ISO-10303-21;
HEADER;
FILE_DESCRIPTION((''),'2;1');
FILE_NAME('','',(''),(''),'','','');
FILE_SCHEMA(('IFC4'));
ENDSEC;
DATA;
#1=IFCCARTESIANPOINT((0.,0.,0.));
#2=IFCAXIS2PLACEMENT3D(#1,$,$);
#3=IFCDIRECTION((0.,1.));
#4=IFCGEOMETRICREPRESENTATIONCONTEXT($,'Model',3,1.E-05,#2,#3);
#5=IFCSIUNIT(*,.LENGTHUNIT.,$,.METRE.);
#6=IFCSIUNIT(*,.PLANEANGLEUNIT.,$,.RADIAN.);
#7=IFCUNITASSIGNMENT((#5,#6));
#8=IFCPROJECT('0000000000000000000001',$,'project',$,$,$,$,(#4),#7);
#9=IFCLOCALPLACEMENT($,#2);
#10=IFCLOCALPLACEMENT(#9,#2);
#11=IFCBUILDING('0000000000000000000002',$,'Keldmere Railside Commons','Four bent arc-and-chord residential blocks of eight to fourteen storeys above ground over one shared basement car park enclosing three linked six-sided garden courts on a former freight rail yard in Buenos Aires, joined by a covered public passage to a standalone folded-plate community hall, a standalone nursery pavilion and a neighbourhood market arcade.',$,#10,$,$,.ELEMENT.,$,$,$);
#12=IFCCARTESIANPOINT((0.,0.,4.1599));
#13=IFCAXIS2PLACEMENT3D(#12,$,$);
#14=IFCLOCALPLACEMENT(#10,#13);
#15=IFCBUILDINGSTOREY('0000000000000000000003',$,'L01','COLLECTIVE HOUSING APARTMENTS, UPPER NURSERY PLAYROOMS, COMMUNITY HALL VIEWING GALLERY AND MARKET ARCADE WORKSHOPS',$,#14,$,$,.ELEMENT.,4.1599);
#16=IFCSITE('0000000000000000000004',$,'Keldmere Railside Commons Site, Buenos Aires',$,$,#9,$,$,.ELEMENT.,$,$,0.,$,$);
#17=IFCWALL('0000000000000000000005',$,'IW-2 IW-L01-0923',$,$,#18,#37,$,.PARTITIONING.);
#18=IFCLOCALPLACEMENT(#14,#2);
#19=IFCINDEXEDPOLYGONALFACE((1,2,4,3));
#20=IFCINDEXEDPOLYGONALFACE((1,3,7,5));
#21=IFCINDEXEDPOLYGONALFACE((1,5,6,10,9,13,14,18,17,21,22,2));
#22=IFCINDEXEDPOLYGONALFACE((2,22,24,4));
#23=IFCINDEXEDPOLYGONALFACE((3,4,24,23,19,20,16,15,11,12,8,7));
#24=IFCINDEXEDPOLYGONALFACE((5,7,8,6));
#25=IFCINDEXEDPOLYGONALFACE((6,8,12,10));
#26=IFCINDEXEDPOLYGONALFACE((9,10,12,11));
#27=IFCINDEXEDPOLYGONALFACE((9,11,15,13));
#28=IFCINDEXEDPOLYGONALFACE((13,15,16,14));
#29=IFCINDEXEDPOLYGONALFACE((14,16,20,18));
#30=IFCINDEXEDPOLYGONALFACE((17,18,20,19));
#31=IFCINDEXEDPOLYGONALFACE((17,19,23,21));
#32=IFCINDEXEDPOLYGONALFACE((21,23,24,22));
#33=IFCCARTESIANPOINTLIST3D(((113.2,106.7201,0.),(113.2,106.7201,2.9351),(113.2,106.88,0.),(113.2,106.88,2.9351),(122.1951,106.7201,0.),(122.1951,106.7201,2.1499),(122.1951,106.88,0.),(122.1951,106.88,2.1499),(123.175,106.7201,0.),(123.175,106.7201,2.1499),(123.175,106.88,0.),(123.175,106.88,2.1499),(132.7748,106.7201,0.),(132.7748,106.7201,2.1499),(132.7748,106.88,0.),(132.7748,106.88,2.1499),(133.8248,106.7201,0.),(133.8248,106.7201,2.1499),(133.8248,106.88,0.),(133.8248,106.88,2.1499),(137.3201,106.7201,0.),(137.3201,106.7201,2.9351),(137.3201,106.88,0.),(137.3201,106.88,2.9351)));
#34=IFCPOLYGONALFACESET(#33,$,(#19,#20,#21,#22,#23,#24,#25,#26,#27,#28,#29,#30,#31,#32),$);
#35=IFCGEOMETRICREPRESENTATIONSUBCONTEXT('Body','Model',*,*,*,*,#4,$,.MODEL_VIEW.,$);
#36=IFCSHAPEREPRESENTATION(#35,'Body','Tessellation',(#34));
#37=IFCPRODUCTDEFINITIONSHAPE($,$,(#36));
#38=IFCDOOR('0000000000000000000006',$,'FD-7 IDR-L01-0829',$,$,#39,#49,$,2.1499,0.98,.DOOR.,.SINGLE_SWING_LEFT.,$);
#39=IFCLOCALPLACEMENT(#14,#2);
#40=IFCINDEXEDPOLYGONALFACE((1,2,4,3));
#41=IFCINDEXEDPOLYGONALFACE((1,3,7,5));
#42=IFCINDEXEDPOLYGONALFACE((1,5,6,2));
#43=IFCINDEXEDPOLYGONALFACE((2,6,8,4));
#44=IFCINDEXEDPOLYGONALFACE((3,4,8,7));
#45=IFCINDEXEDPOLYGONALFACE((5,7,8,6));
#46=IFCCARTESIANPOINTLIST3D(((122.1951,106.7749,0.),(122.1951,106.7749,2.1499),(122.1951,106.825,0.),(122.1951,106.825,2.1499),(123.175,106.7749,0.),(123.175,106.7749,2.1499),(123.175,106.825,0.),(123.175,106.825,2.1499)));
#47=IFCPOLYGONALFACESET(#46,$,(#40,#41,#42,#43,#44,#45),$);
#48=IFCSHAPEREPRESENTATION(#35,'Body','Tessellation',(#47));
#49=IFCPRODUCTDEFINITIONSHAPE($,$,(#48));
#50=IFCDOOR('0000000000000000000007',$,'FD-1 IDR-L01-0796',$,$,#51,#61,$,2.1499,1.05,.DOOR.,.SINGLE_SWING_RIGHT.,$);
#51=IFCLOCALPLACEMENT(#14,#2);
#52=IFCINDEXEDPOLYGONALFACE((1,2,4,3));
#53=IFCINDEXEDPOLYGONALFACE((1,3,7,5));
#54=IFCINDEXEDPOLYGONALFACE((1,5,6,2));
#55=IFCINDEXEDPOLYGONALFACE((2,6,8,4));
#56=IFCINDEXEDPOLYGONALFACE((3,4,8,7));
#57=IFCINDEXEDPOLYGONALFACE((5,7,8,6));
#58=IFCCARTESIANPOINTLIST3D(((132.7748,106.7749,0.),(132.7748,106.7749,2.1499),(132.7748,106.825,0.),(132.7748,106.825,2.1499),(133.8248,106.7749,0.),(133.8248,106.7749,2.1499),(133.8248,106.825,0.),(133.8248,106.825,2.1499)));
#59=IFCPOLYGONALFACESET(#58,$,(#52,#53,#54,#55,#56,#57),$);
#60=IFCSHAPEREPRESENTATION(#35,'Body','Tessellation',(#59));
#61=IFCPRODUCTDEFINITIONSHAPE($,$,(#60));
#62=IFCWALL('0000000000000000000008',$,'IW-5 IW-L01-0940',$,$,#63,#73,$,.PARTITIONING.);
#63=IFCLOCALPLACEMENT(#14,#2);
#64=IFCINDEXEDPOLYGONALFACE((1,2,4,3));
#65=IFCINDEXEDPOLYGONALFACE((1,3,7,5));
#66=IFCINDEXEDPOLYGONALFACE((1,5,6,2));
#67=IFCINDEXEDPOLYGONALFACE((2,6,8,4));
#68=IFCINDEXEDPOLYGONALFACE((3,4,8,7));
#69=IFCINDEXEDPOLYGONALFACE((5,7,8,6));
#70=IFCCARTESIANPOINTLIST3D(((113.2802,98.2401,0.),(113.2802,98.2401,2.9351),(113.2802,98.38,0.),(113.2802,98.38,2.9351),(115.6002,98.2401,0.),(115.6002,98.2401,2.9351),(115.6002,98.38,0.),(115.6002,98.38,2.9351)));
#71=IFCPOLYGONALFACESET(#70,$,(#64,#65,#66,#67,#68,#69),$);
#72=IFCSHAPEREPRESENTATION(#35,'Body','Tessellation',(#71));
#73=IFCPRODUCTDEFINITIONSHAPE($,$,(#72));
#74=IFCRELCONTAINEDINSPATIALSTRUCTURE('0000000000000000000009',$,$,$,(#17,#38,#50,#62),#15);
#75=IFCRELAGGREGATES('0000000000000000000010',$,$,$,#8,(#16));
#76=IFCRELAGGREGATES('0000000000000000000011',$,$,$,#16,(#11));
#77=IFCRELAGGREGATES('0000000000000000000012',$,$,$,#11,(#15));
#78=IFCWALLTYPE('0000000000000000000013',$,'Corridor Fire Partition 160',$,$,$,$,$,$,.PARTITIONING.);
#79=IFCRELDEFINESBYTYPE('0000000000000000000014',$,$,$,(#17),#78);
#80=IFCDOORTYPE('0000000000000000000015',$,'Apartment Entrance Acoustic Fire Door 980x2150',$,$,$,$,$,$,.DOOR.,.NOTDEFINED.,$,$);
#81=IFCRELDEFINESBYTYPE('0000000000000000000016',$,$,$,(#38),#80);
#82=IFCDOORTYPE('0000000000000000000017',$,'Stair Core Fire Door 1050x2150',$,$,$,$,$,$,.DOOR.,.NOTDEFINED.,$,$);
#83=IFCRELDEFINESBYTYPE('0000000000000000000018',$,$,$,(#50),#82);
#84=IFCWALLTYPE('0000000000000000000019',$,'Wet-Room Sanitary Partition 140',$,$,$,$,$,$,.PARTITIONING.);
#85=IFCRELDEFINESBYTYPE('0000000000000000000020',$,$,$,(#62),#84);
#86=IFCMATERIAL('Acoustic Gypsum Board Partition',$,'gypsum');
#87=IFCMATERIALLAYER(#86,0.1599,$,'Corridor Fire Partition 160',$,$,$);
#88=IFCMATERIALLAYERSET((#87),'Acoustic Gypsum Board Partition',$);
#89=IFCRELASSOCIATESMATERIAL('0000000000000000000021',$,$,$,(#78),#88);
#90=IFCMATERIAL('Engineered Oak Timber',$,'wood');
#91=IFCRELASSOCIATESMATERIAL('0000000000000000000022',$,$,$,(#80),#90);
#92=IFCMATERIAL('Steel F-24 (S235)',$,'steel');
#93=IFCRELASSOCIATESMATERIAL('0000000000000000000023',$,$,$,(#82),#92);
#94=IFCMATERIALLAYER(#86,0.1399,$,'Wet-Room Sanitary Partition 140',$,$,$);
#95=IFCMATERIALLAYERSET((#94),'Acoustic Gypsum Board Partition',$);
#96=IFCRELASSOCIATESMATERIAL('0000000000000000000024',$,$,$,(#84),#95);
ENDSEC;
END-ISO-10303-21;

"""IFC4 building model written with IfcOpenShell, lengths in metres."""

from ifc_helpers import new_model, si_unit, direction, frame, frame_2d, origin, place, context, subcontext, project, spatial, rectangle, extrude, material, layer, layer_set, type_object, element, fill, save


model = new_model("IFC4")

# Units and contexts
model_context = context("Model", 3, precision=1e-05, world=origin(), true_north=direction((0.0, 1.0)))
body_context = subcontext(model_context, "Body", "Model", "MODEL_VIEW")
ifc_project = project(units=[si_unit("LENGTHUNIT", "METRE"), si_unit("PLANEANGLEUNIT", "RADIAN")], contexts=[model_context])

# Site, building, storey
site_placement = place(None, origin())
site = spatial("IfcSite", under=ifc_project, at=site_placement, Name="Keldmere Railside Commons Site, Buenos Aires", CompositionType="ELEMENT", RefElevation=0.0)
building_placement = place(site_placement, origin())
building = spatial("IfcBuilding", under=site, at=building_placement, Name="Keldmere Railside Commons", Description="Four bent arc-and-chord residential blocks of eight to fourteen storeys above ground over one shared basement car park enclosing three linked six-sided garden courts on a former freight rail yard in Buenos Aires, joined by a covered public passage to a standalone folded-plate community hall, a standalone nursery pavilion and a neighbourhood market arcade.", CompositionType="ELEMENT")
storey_placement = place(building_placement, frame((0.0, 0.0, 4.1599)))
storey = spatial("IfcBuildingStorey", under=building, at=storey_placement, Name="L01", Description="COLLECTIVE HOUSING APARTMENTS, UPPER NURSERY PLAYROOMS, COMMUNITY HALL VIEWING GALLERY AND MARKET ARCADE WORKSHOPS", CompositionType="ELEMENT", Elevation=4.1599)

# Shared definitions
ifc_material_1 = material(Name="Acoustic Gypsum Board Partition", Category="gypsum")

# Shared definitions
ifc_material_2 = material(Name="Engineered Oak Timber", Category="wood")

# Wall, openings, doors
ifc_layer_1 = layer(ifc_material_1, 0.1599, Name="Corridor Fire Partition 160")
ifc_layer_set_1 = layer_set([ifc_layer_1], Name="Acoustic Gypsum Board Partition")
wall_type_1 = type_object("IfcWallType", Name="Corridor Fire Partition 160", PredefinedType="PARTITIONING", material=ifc_layer_set_1)
wall_1_placement = place(storey_placement, frame((113.2, 106.8, 0.0), z_axis=(0.0, 0.0, 1.0), x_axis=(1.0, 0.0, 0.0)))
wall_1 = element("IfcWall", 1, at=wall_1_placement, inside=storey, type_object=wall_type_1, Name="IW-2 IW-L01-0923", PredefinedType="PARTITIONING", context=body_context, shape_type="SweptSolid", body=[
    extrude(rectangle(XDim=24.1201, YDim=0.1599, at=frame_2d((12.0601, 0.0))), origin(), (0.0, 0.0, 1.0), 2.9351),
])
opening_1_placement = place(wall_1_placement, frame((19.575, 0.0, 0.0)))
opening_1 = element("IfcOpeningElement", 2, at=opening_1_placement, cuts=wall_1, PredefinedType="OPENING", context=body_context, shape_type="SweptSolid", body=[
    extrude(rectangle(XDim=1.05, YDim=2.1499, at=frame_2d((0.5249, 1.075))), frame((0.0, 0.0898, 0.0), z_axis=(0.0, -1.0, 0.0), x_axis=(1.0, 0.0, 0.0)), (0.0, 0.0, 1.0), 0.1799),
])
opening_2_placement = place(wall_1_placement, frame((8.9951, 0.0, 0.0)))
opening_2 = element("IfcOpeningElement", 3, at=opening_2_placement, cuts=wall_1, PredefinedType="OPENING", context=body_context, shape_type="SweptSolid", body=[
    extrude(rectangle(XDim=0.98, YDim=2.1499, at=frame_2d((0.49, 1.075))), frame((0.0, 0.0898, 0.0), z_axis=(0.0, -1.0, 0.0), x_axis=(1.0, 0.0, 0.0)), (0.0, 0.0, 1.0), 0.1799),
])
door_type_1 = type_object("IfcDoorType", Name="Apartment Entrance Acoustic Fire Door 980x2150", OperationType="NOTDEFINED", PredefinedType="DOOR", material=ifc_material_2)
door_1_placement = place(opening_2_placement, origin())
door_1 = element("IfcDoor", 4, at=door_1_placement, inside=storey, type_object=door_type_1, Name="FD-7 IDR-L01-0829", OperationType="SINGLE_SWING_LEFT", OverallHeight=2.1499, OverallWidth=0.98, PredefinedType="DOOR", context=body_context, shape_type="SweptSolid", body=[
    extrude(rectangle(XDim=0.98, YDim=2.1499, at=frame_2d((0.49, 1.075))), frame((0.0, 0.0249, 0.0), z_axis=(0.0, -1.0, 0.0), x_axis=(1.0, 0.0, 0.0)), (0.0, 0.0, 1.0), 0.05),
])
fill(opening_2, door_1)
ifc_material_3 = material(Name="Steel F-24 (S235)", Category="steel")
door_type_2 = type_object("IfcDoorType", Name="Stair Core Fire Door 1050x2150", OperationType="NOTDEFINED", PredefinedType="DOOR", material=ifc_material_3)
door_2_placement = place(opening_1_placement, origin())
door_2 = element("IfcDoor", 5, at=door_2_placement, inside=storey, type_object=door_type_2, Name="FD-1 IDR-L01-0796", OperationType="SINGLE_SWING_RIGHT", OverallHeight=2.1499, OverallWidth=1.05, PredefinedType="DOOR", context=body_context, shape_type="SweptSolid", body=[
    extrude(rectangle(XDim=1.05, YDim=2.1499, at=frame_2d((0.5249, 1.075))), frame((0.0, 0.0249, 0.0), z_axis=(0.0, -1.0, 0.0), x_axis=(1.0, 0.0, 0.0)), (0.0, 0.0, 1.0), 0.05),
])
fill(opening_1, door_2)

# Wall
ifc_layer_2 = layer(ifc_material_1, 0.1399, Name="Wet-Room Sanitary Partition 140")
ifc_layer_set_2 = layer_set([ifc_layer_2], Name="Acoustic Gypsum Board Partition")
wall_type_2 = type_object("IfcWallType", Name="Wet-Room Sanitary Partition 140", PredefinedType="PARTITIONING", material=ifc_layer_set_2)
wall_2_placement = place(storey_placement, frame((113.28, 98.3101, 0.0), z_axis=(0.0, 0.0, 1.0), x_axis=(1.0, 0.0, 0.0)))
element("IfcWall", 6, at=wall_2_placement, inside=storey, type_object=wall_type_2, Name="IW-5 IW-L01-0940", PredefinedType="PARTITIONING", context=body_context, shape_type="SweptSolid", body=[
    extrude(rectangle(XDim=2.3201, YDim=0.1399, at=frame_2d((1.1602, 0.0))), origin(), (0.0, 0.0, 1.0), 2.9351),
])

save(model, "model.ifc")
